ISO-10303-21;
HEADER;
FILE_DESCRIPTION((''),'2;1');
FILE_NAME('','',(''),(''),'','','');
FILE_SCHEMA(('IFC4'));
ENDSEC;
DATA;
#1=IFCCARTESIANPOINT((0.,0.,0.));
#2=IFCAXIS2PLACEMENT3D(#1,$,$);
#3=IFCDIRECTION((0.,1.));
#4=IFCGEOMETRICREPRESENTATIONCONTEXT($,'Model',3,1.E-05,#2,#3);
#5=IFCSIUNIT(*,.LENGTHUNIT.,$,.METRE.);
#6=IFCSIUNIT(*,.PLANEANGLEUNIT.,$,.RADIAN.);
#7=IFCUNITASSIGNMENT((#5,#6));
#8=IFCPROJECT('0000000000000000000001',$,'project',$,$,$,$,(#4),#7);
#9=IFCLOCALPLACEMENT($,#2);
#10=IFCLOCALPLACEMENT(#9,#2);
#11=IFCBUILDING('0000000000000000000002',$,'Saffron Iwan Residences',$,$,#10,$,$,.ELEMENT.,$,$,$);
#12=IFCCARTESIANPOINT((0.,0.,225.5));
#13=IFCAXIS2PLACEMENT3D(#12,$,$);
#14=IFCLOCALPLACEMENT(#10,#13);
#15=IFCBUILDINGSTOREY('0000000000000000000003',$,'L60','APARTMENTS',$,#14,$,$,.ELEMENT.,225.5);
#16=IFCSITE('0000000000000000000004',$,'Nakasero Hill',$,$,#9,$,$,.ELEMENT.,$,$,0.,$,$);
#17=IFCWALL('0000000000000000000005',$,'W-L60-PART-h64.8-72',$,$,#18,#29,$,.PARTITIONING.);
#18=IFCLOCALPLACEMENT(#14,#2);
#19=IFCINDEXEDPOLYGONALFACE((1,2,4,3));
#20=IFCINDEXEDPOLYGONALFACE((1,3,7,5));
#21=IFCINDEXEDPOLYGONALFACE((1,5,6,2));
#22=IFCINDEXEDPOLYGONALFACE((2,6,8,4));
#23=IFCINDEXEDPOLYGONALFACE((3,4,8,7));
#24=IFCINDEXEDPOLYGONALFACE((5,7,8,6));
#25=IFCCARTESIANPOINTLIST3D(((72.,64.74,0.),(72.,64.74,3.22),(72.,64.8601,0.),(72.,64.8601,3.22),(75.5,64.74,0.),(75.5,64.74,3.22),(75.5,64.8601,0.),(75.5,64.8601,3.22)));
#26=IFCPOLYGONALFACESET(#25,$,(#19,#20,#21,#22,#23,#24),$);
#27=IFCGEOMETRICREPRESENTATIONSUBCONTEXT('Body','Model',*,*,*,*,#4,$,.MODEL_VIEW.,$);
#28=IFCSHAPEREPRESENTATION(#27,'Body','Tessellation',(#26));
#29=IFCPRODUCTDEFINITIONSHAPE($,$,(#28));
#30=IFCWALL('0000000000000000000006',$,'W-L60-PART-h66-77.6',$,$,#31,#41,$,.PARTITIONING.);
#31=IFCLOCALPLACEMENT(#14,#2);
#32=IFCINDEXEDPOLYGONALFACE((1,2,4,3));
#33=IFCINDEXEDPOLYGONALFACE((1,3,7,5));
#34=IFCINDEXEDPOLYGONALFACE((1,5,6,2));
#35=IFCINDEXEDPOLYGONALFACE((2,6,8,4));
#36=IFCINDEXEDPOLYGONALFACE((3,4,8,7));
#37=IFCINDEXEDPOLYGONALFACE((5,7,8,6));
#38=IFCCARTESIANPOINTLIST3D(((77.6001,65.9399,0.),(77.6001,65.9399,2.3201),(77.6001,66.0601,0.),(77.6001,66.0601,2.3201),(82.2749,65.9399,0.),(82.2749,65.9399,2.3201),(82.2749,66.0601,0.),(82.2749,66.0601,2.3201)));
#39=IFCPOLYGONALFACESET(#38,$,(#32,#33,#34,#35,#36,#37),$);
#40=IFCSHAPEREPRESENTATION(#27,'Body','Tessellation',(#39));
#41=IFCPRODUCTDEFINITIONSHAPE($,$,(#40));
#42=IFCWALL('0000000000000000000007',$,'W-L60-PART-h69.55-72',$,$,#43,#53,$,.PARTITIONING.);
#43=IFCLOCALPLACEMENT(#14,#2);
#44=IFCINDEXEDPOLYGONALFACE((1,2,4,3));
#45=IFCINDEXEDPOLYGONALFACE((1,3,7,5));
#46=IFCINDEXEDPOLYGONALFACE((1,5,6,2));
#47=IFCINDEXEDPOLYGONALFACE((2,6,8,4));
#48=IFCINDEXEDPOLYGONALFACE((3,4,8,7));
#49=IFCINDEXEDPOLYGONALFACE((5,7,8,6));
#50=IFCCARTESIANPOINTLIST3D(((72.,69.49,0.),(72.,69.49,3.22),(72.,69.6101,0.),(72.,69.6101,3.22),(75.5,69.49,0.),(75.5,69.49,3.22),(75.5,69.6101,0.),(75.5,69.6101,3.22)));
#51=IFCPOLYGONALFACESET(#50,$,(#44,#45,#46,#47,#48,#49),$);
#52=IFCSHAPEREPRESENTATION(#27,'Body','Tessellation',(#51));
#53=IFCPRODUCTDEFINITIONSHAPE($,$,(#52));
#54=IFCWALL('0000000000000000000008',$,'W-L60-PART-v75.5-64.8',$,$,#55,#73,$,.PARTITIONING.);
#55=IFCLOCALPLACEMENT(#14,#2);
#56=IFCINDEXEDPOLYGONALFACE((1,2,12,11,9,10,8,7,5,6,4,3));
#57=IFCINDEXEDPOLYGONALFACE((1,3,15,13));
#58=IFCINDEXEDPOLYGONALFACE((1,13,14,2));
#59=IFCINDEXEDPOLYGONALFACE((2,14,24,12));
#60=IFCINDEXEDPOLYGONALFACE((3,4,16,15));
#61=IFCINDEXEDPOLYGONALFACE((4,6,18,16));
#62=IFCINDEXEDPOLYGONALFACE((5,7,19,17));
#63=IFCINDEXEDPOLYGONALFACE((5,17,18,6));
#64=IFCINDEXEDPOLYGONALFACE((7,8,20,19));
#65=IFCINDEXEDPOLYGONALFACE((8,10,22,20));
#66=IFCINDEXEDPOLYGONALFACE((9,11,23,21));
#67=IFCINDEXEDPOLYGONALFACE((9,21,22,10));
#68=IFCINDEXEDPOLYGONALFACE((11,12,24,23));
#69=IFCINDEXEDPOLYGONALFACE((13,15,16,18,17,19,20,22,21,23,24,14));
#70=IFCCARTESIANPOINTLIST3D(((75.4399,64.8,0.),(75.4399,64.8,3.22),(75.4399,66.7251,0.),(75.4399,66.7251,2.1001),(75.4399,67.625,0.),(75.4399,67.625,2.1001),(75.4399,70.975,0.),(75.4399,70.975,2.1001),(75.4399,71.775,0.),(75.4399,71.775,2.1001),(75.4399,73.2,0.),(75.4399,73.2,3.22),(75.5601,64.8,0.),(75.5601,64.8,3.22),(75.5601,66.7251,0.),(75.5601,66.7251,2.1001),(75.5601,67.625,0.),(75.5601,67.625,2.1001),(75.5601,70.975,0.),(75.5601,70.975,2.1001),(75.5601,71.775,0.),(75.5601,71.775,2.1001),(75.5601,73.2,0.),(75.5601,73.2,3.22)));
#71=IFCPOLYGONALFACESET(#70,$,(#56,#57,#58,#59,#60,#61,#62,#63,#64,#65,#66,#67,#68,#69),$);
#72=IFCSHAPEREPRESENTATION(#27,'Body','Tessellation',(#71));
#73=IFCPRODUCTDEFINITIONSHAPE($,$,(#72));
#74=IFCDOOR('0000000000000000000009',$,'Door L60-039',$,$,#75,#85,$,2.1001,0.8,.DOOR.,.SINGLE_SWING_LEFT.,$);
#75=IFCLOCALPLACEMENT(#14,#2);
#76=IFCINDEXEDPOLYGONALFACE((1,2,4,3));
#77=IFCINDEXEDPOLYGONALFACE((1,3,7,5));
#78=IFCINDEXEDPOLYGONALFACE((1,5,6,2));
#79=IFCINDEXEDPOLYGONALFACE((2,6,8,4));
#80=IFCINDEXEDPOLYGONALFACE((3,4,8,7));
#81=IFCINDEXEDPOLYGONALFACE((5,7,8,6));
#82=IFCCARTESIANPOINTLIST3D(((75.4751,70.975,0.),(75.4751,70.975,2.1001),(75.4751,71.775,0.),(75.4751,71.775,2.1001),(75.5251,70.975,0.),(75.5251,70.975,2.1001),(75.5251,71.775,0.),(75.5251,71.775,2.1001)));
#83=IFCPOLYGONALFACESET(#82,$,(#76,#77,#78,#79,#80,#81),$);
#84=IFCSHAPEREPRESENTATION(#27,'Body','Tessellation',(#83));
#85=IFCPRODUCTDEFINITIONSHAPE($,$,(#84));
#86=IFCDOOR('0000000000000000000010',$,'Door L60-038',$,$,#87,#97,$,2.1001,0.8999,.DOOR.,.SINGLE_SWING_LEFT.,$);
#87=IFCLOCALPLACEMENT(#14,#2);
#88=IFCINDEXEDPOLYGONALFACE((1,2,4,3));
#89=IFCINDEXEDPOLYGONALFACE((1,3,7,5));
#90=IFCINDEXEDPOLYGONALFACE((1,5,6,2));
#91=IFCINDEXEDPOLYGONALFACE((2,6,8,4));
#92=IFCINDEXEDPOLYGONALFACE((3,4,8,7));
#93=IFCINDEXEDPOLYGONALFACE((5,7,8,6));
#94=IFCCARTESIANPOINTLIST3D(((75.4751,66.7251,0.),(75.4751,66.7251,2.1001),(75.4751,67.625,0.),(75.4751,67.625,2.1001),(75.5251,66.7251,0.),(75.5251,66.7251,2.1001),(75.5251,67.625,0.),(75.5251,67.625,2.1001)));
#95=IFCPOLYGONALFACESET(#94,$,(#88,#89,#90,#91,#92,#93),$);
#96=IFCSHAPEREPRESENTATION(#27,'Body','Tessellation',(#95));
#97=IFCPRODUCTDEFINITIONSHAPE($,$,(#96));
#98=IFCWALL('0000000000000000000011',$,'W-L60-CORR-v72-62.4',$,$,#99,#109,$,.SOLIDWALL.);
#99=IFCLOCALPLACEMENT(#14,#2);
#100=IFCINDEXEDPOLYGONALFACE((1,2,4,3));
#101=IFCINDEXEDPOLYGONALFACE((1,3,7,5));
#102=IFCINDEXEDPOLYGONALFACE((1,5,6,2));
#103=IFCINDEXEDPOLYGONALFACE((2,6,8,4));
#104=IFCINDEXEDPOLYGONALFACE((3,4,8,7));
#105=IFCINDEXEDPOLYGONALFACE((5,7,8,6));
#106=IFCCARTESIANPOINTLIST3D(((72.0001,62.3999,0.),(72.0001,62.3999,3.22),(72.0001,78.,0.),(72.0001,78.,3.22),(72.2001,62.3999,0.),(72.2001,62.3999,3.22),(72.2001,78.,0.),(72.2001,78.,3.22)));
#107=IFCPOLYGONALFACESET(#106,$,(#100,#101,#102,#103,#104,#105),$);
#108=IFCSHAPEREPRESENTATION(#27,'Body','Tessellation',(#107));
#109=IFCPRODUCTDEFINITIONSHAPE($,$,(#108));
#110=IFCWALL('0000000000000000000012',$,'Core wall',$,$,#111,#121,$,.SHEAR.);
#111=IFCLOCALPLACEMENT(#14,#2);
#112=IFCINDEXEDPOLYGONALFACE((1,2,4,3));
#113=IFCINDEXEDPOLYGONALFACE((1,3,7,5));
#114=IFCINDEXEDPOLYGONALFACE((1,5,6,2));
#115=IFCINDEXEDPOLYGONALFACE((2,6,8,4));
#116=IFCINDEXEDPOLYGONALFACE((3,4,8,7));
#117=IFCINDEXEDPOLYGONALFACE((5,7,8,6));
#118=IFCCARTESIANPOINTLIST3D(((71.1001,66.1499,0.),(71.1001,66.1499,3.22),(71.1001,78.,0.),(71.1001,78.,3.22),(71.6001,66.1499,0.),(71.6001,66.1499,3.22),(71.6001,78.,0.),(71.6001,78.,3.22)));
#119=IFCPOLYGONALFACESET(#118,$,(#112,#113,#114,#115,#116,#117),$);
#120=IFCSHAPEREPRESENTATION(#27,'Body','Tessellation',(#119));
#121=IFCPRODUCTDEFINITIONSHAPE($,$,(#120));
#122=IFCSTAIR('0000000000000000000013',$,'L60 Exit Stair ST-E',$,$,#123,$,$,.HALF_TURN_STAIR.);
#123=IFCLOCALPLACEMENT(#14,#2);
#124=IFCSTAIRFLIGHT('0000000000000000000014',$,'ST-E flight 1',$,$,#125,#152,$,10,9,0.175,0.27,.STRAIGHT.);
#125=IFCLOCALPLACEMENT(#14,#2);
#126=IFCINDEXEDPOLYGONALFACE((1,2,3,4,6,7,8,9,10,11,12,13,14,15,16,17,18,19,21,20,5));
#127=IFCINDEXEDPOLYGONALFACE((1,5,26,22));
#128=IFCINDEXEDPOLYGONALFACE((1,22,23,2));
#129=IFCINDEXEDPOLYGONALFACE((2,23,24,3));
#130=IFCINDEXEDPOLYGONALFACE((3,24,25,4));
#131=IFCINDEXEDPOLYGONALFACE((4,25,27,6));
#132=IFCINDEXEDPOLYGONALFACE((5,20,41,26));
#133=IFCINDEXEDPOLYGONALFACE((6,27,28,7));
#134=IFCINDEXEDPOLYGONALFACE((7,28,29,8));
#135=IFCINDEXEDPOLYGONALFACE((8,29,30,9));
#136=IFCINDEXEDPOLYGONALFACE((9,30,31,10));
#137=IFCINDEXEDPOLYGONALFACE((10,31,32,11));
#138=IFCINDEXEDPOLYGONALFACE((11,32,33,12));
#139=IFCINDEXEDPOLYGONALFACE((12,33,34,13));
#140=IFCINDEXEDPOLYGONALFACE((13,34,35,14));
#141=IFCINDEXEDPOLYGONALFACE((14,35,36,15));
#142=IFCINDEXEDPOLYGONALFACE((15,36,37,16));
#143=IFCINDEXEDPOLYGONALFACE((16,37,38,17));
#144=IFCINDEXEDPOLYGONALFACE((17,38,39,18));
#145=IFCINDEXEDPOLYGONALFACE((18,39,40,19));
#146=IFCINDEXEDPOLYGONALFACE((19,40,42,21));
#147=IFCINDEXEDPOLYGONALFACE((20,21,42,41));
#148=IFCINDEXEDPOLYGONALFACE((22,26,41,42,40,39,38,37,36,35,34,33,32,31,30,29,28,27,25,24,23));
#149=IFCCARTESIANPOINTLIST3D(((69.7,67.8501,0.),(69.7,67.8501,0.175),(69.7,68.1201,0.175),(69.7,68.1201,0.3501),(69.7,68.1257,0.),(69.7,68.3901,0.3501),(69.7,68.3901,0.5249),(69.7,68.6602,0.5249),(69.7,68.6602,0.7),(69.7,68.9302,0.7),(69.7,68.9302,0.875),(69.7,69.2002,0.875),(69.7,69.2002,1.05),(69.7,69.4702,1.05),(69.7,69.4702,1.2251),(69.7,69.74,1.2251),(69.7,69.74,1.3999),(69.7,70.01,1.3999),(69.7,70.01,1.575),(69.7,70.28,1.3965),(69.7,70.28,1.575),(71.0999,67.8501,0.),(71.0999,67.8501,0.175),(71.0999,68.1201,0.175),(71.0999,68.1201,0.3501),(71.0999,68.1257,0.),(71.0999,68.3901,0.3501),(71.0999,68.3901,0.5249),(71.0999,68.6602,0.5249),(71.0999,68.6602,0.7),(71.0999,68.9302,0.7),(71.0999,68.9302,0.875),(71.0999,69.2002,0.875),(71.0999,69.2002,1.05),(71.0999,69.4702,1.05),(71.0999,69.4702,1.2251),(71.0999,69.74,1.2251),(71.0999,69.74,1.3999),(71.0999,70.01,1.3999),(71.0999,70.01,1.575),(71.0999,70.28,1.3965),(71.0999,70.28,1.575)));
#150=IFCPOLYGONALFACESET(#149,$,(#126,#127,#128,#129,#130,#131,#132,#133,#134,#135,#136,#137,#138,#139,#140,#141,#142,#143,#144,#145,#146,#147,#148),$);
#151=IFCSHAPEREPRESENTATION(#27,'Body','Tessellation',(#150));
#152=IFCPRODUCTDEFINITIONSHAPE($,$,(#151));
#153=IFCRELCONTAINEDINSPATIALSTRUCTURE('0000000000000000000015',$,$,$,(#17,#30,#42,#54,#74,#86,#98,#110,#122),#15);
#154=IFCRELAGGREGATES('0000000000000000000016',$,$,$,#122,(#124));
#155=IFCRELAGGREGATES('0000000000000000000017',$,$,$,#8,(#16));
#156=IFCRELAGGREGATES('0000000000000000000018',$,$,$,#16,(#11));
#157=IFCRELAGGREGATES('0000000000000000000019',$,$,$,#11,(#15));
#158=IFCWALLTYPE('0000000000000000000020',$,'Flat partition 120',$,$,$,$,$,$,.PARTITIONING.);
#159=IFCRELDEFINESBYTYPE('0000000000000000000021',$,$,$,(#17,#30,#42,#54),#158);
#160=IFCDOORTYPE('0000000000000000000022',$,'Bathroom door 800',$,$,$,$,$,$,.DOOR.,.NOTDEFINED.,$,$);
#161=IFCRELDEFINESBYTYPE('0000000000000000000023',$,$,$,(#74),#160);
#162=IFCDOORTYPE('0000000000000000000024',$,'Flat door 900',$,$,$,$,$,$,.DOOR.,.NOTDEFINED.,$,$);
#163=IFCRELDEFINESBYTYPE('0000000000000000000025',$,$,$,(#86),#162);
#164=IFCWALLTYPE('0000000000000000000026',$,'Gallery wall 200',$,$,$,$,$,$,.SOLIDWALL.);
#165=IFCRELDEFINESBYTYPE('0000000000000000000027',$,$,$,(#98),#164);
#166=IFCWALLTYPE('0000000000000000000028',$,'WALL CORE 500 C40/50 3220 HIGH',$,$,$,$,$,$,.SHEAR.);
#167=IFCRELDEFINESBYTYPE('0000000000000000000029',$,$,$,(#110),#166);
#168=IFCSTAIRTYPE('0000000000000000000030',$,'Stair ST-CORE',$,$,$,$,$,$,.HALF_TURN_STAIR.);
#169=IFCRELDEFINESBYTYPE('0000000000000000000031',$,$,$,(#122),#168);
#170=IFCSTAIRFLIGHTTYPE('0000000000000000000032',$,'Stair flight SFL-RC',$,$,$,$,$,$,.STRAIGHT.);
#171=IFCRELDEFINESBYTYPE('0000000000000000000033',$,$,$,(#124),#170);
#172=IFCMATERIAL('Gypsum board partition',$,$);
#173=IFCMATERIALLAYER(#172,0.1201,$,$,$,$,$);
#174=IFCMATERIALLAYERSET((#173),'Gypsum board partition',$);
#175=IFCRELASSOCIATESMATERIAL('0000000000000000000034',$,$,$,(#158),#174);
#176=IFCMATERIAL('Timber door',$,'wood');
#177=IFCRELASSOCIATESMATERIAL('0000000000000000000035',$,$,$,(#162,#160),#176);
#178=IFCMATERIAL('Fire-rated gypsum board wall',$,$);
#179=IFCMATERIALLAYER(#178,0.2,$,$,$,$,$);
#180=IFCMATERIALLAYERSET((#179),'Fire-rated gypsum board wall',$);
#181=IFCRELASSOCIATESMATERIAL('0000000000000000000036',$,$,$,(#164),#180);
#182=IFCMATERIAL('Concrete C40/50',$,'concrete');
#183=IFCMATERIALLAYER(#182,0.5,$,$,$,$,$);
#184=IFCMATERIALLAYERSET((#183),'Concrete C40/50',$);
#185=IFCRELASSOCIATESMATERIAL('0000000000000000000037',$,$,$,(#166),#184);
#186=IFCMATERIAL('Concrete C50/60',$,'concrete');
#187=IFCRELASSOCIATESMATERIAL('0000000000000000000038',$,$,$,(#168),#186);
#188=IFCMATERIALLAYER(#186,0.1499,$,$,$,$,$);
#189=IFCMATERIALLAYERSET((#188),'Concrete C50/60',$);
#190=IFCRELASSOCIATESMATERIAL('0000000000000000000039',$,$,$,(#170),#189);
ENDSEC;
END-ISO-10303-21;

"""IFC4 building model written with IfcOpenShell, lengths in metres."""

from ifc_helpers import new_model, si_unit, direction, frame, frame_2d, origin, place, context, subcontext, project, spatial, polyline, rectangle, outline, extrude, material, layer, layer_set, type_object, element, fill, aggregate, save


model = new_model("IFC4")

# Units and contexts
model_context = context("Model", 3, precision=1e-05, world=origin(), true_north=direction((0.0, 1.0)))
body_context = subcontext(model_context, "Body", "Model", "MODEL_VIEW")
ifc_project = project(units=[si_unit("LENGTHUNIT", "METRE"), si_unit("PLANEANGLEUNIT", "RADIAN")], contexts=[model_context])

# Site, building, storey
site_placement = place(None, origin())
site = spatial("IfcSite", under=ifc_project, at=site_placement, Name="Nakasero Hill", CompositionType="ELEMENT", RefElevation=0.0)
building_placement = place(site_placement, origin())
building = spatial("IfcBuilding", under=site, at=building_placement, Name="Saffron Iwan Residences", CompositionType="ELEMENT")
storey_placement = place(building_placement, frame((0.0, 0.0, 225.5)))
storey = spatial("IfcBuildingStorey", under=building, at=storey_placement, Name="L60", Description="APARTMENTS", CompositionType="ELEMENT", Elevation=225.5)

# Shared definitions
ifc_material_1 = material(Name="Concrete C40/50", Category="concrete")

# Shared definitions
ifc_material_2 = material(Name="Fire-rated gypsum board wall")
ifc_material_3 = material(Name="Gypsum board partition")
ifc_layer_1 = layer(ifc_material_3, 0.1201)
ifc_layer_set_1 = layer_set([ifc_layer_1], Name="Gypsum board partition")
wall_type_1 = type_object("IfcWallType", Name="Flat partition 120", PredefinedType="PARTITIONING", material=ifc_layer_set_1)

# Shared definitions
ifc_material_4 = material(Name="Timber door", Category="wood")
door_type_1 = type_object("IfcDoorType", Name="Flat door 900", OperationType="NOTDEFINED", PredefinedType="DOOR", material=ifc_material_4)

# Walls
wall_1_placement = place(storey_placement, frame((72.0, 64.8, 0.0), z_axis=(0.0, 0.0, 1.0), x_axis=(1.0, 0.0, 0.0)))
element("IfcWall", 1, at=wall_1_placement, inside=storey, type_object=wall_type_1, Name="W-L60-PART-h64.8-72", PredefinedType="PARTITIONING", context=body_context, shape_type="SweptSolid", body=[
    extrude(rectangle(XDim=3.5, YDim=0.1201, at=frame_2d((1.75, 0.0))), origin(), (0.0, 0.0, 1.0), 3.22),
])
wall_2_placement = place(storey_placement, frame((77.6001, 66.0, 0.0), z_axis=(0.0, 0.0, 1.0), x_axis=(1.0, 0.0, 0.0)))
element("IfcWall", 2, at=wall_2_placement, inside=storey, type_object=wall_type_1, Name="W-L60-PART-h66-77.6", PredefinedType="PARTITIONING", context=body_context, shape_type="SweptSolid", body=[
    extrude(rectangle(XDim=4.6748, YDim=0.1201, at=frame_2d((2.3374, 0.0))), origin(), (0.0, 0.0, 1.0), 2.3201),
])
wall_3_placement = place(storey_placement, frame((72.0, 69.55, 0.0), z_axis=(0.0, 0.0, 1.0), x_axis=(1.0, 0.0, 0.0)))
element("IfcWall", 3, at=wall_3_placement, inside=storey, type_object=wall_type_1, Name="W-L60-PART-h69.55-72", PredefinedType="PARTITIONING", context=body_context, shape_type="SweptSolid", body=[
    extrude(rectangle(XDim=3.5, YDim=0.1201, at=frame_2d((1.75, 0.0))), origin(), (0.0, 0.0, 1.0), 3.22),
])

# Wall, openings, doors
wall_4_placement = place(storey_placement, frame((75.5, 64.8, 0.0), z_axis=(0.0, 0.0, 1.0), x_axis=(0.0, 1.0, 0.0)))
wall_4 = element("IfcWall", 4, at=wall_4_placement, inside=storey, type_object=wall_type_1, Name="W-L60-PART-v75.5-64.8", PredefinedType="PARTITIONING", context=body_context, shape_type="SweptSolid", body=[
    extrude(rectangle(XDim=8.3999, YDim=0.1201, at=frame_2d((4.2, 0.0))), origin(), (0.0, 0.0, 1.0), 3.22),
])
opening_1_placement = place(wall_4_placement, frame((1.925, 0.0, 0.0)))
opening_1 = element("IfcOpeningElement", 5, at=opening_1_placement, cuts=wall_4, PredefinedType="OPENING", context=body_context, shape_type="SweptSolid", body=[
    extrude(rectangle(XDim=0.8999, YDim=2.1001, at=frame_2d((0.45, 1.05))), frame((0.0, 0.0701, 0.0), z_axis=(0.0, -1.0, 0.0), x_axis=(1.0, 0.0, 0.0)), (0.0, 0.0, 1.0), 0.1401),
])
opening_2_placement = place(wall_4_placement, frame((6.175, 0.0, 0.0)))
opening_2 = element("IfcOpeningElement", 6, at=opening_2_placement, cuts=wall_4, PredefinedType="OPENING", context=body_context, shape_type="SweptSolid", body=[
    extrude(rectangle(XDim=0.8, YDim=2.1001, at=frame_2d((0.3999, 1.05))), frame((0.0, 0.0701, 0.0), z_axis=(0.0, -1.0, 0.0), x_axis=(1.0, 0.0, 0.0)), (0.0, 0.0, 1.0), 0.1401),
])
door_type_2 = type_object("IfcDoorType", Name="Bathroom door 800", OperationType="NOTDEFINED", PredefinedType="DOOR", material=ifc_material_4)
door_1_placement = place(opening_2_placement, origin())
door_1 = element("IfcDoor", 7, at=door_1_placement, inside=storey, type_object=door_type_2, Name="Door L60-039", OperationType="SINGLE_SWING_LEFT", OverallHeight=2.1001, OverallWidth=0.8, PredefinedType="DOOR", context=body_context, shape_type="SweptSolid", body=[
    extrude(rectangle(XDim=0.8, YDim=2.1001, at=frame_2d((0.3999, 1.05))), frame((0.0, 0.0249, 0.0), z_axis=(0.0, -1.0, 0.0), x_axis=(1.0, 0.0, 0.0)), (0.0, 0.0, 1.0), 0.05),
])
fill(opening_2, door_1)
door_2_placement = place(opening_1_placement, origin())
door_2 = element("IfcDoor", 8, at=door_2_placement, inside=storey, type_object=door_type_1, Name="Door L60-038", OperationType="SINGLE_SWING_LEFT", OverallHeight=2.1001, OverallWidth=0.8999, PredefinedType="DOOR", context=body_context, shape_type="SweptSolid", body=[
    extrude(rectangle(XDim=0.8999, YDim=2.1001, at=frame_2d((0.45, 1.05))), frame((0.0, 0.0249, 0.0), z_axis=(0.0, -1.0, 0.0), x_axis=(1.0, 0.0, 0.0)), (0.0, 0.0, 1.0), 0.05),
])
fill(opening_1, door_2)

# Walls
ifc_layer_2 = layer(ifc_material_2, 0.2)
ifc_layer_set_2 = layer_set([ifc_layer_2], Name="Fire-rated gypsum board wall")
wall_type_2 = type_object("IfcWallType", Name="Gallery wall 200", PredefinedType="SOLIDWALL", material=ifc_layer_set_2)
wall_5_placement = place(storey_placement, frame((72.1001, 62.3999, 0.0), z_axis=(0.0, 0.0, 1.0), x_axis=(0.0, 1.0, 0.0)))
element("IfcWall", 9, at=wall_5_placement, inside=storey, type_object=wall_type_2, Name="W-L60-CORR-v72-62.4", PredefinedType="SOLIDWALL", context=body_context, shape_type="SweptSolid", body=[
    extrude(rectangle(XDim=15.6001, YDim=0.2, at=frame_2d((7.8, 0.0))), origin(), (0.0, 0.0, 1.0), 3.22),
])
ifc_layer_3 = layer(ifc_material_1, 0.5)
ifc_layer_set_3 = layer_set([ifc_layer_3], Name="Concrete C40/50")
wall_type_3 = type_object("IfcWallType", Name="WALL CORE 500 C40/50 3220 HIGH", PredefinedType="SHEAR", material=ifc_layer_set_3)
wall_6_placement = place(storey_placement, frame((71.3501, 66.1499, 0.0), z_axis=(0.0, 0.0, 1.0), x_axis=(0.0, 1.0, 0.0)))
element("IfcWall", 10, at=wall_6_placement, inside=storey, type_object=wall_type_3, Name="Core wall", PredefinedType="SHEAR", context=body_context, shape_type="SweptSolid", body=[
    extrude(rectangle(XDim=11.8501, YDim=0.5, at=frame_2d((5.925, 0.0))), origin(), (0.0, 0.0, 1.0), 3.22),
])

# Stair, stair flight
ifc_material_5 = material(Name="Concrete C50/60", Category="concrete")
stair_type = type_object("IfcStairType", Name="Stair ST-CORE", PredefinedType="HALF_TURN_STAIR", material=ifc_material_5)
stair_placement = place(storey_placement, origin())
stair = element("IfcStair", 11, at=stair_placement, inside=storey, type_object=stair_type, Name="L60 Exit Stair ST-E", PredefinedType="HALF_TURN_STAIR")
ifc_layer_4 = layer(ifc_material_5, 0.1499)
ifc_layer_set_4 = layer_set([ifc_layer_4], Name="Concrete C50/60")
stair_flight_type = type_object("IfcStairFlightType", Name="Stair flight SFL-RC", PredefinedType="STRAIGHT", material=ifc_layer_set_4)
stair_flight_placement = place(storey_placement, frame((70.3999, 67.8501, 0.0), z_axis=(0.0, 0.0, 1.0), x_axis=(0.0, 1.0, 0.0)))
stair_flight = element("IfcStairFlight", 12, at=stair_flight_placement, type_object=stair_flight_type, Name="ST-E flight 1", NumberOfRisers=10, NumberOfTreads=9, PredefinedType="STRAIGHT", RiserHeight=0.175, TreadLength=0.27, context=body_context, shape_type="SweptSolid", body=[
    extrude(outline(polyline([(0.0, 0.0), (0.0, 0.175), (0.27, 0.175), (0.27, 0.3501), (0.54, 0.3501), (0.54, 0.5249), (0.8101, 0.5249), (0.8101, 0.7), (1.0801, 0.7), (1.0801, 0.875), (1.3501, 0.875), (1.3501, 1.05), (1.6201, 1.05), (1.6201, 1.2251), (1.8899, 1.2251), (1.8899, 1.3999), (2.1599, 1.3999), (2.1599, 1.575), (2.4299, 1.575), (2.4299, 1.75), (2.4299, 1.3965), (0.2756, 0.0), (0.0, 0.0)])), frame((0.0, 0.7, 0.0), z_axis=(0.0, -1.0, 0.0), x_axis=(1.0, 0.0, 0.0)), (0.0, 0.0, 1.0), 1.3999),
])
aggregate(stair, [stair_flight])

save(model, "model.ifc")
